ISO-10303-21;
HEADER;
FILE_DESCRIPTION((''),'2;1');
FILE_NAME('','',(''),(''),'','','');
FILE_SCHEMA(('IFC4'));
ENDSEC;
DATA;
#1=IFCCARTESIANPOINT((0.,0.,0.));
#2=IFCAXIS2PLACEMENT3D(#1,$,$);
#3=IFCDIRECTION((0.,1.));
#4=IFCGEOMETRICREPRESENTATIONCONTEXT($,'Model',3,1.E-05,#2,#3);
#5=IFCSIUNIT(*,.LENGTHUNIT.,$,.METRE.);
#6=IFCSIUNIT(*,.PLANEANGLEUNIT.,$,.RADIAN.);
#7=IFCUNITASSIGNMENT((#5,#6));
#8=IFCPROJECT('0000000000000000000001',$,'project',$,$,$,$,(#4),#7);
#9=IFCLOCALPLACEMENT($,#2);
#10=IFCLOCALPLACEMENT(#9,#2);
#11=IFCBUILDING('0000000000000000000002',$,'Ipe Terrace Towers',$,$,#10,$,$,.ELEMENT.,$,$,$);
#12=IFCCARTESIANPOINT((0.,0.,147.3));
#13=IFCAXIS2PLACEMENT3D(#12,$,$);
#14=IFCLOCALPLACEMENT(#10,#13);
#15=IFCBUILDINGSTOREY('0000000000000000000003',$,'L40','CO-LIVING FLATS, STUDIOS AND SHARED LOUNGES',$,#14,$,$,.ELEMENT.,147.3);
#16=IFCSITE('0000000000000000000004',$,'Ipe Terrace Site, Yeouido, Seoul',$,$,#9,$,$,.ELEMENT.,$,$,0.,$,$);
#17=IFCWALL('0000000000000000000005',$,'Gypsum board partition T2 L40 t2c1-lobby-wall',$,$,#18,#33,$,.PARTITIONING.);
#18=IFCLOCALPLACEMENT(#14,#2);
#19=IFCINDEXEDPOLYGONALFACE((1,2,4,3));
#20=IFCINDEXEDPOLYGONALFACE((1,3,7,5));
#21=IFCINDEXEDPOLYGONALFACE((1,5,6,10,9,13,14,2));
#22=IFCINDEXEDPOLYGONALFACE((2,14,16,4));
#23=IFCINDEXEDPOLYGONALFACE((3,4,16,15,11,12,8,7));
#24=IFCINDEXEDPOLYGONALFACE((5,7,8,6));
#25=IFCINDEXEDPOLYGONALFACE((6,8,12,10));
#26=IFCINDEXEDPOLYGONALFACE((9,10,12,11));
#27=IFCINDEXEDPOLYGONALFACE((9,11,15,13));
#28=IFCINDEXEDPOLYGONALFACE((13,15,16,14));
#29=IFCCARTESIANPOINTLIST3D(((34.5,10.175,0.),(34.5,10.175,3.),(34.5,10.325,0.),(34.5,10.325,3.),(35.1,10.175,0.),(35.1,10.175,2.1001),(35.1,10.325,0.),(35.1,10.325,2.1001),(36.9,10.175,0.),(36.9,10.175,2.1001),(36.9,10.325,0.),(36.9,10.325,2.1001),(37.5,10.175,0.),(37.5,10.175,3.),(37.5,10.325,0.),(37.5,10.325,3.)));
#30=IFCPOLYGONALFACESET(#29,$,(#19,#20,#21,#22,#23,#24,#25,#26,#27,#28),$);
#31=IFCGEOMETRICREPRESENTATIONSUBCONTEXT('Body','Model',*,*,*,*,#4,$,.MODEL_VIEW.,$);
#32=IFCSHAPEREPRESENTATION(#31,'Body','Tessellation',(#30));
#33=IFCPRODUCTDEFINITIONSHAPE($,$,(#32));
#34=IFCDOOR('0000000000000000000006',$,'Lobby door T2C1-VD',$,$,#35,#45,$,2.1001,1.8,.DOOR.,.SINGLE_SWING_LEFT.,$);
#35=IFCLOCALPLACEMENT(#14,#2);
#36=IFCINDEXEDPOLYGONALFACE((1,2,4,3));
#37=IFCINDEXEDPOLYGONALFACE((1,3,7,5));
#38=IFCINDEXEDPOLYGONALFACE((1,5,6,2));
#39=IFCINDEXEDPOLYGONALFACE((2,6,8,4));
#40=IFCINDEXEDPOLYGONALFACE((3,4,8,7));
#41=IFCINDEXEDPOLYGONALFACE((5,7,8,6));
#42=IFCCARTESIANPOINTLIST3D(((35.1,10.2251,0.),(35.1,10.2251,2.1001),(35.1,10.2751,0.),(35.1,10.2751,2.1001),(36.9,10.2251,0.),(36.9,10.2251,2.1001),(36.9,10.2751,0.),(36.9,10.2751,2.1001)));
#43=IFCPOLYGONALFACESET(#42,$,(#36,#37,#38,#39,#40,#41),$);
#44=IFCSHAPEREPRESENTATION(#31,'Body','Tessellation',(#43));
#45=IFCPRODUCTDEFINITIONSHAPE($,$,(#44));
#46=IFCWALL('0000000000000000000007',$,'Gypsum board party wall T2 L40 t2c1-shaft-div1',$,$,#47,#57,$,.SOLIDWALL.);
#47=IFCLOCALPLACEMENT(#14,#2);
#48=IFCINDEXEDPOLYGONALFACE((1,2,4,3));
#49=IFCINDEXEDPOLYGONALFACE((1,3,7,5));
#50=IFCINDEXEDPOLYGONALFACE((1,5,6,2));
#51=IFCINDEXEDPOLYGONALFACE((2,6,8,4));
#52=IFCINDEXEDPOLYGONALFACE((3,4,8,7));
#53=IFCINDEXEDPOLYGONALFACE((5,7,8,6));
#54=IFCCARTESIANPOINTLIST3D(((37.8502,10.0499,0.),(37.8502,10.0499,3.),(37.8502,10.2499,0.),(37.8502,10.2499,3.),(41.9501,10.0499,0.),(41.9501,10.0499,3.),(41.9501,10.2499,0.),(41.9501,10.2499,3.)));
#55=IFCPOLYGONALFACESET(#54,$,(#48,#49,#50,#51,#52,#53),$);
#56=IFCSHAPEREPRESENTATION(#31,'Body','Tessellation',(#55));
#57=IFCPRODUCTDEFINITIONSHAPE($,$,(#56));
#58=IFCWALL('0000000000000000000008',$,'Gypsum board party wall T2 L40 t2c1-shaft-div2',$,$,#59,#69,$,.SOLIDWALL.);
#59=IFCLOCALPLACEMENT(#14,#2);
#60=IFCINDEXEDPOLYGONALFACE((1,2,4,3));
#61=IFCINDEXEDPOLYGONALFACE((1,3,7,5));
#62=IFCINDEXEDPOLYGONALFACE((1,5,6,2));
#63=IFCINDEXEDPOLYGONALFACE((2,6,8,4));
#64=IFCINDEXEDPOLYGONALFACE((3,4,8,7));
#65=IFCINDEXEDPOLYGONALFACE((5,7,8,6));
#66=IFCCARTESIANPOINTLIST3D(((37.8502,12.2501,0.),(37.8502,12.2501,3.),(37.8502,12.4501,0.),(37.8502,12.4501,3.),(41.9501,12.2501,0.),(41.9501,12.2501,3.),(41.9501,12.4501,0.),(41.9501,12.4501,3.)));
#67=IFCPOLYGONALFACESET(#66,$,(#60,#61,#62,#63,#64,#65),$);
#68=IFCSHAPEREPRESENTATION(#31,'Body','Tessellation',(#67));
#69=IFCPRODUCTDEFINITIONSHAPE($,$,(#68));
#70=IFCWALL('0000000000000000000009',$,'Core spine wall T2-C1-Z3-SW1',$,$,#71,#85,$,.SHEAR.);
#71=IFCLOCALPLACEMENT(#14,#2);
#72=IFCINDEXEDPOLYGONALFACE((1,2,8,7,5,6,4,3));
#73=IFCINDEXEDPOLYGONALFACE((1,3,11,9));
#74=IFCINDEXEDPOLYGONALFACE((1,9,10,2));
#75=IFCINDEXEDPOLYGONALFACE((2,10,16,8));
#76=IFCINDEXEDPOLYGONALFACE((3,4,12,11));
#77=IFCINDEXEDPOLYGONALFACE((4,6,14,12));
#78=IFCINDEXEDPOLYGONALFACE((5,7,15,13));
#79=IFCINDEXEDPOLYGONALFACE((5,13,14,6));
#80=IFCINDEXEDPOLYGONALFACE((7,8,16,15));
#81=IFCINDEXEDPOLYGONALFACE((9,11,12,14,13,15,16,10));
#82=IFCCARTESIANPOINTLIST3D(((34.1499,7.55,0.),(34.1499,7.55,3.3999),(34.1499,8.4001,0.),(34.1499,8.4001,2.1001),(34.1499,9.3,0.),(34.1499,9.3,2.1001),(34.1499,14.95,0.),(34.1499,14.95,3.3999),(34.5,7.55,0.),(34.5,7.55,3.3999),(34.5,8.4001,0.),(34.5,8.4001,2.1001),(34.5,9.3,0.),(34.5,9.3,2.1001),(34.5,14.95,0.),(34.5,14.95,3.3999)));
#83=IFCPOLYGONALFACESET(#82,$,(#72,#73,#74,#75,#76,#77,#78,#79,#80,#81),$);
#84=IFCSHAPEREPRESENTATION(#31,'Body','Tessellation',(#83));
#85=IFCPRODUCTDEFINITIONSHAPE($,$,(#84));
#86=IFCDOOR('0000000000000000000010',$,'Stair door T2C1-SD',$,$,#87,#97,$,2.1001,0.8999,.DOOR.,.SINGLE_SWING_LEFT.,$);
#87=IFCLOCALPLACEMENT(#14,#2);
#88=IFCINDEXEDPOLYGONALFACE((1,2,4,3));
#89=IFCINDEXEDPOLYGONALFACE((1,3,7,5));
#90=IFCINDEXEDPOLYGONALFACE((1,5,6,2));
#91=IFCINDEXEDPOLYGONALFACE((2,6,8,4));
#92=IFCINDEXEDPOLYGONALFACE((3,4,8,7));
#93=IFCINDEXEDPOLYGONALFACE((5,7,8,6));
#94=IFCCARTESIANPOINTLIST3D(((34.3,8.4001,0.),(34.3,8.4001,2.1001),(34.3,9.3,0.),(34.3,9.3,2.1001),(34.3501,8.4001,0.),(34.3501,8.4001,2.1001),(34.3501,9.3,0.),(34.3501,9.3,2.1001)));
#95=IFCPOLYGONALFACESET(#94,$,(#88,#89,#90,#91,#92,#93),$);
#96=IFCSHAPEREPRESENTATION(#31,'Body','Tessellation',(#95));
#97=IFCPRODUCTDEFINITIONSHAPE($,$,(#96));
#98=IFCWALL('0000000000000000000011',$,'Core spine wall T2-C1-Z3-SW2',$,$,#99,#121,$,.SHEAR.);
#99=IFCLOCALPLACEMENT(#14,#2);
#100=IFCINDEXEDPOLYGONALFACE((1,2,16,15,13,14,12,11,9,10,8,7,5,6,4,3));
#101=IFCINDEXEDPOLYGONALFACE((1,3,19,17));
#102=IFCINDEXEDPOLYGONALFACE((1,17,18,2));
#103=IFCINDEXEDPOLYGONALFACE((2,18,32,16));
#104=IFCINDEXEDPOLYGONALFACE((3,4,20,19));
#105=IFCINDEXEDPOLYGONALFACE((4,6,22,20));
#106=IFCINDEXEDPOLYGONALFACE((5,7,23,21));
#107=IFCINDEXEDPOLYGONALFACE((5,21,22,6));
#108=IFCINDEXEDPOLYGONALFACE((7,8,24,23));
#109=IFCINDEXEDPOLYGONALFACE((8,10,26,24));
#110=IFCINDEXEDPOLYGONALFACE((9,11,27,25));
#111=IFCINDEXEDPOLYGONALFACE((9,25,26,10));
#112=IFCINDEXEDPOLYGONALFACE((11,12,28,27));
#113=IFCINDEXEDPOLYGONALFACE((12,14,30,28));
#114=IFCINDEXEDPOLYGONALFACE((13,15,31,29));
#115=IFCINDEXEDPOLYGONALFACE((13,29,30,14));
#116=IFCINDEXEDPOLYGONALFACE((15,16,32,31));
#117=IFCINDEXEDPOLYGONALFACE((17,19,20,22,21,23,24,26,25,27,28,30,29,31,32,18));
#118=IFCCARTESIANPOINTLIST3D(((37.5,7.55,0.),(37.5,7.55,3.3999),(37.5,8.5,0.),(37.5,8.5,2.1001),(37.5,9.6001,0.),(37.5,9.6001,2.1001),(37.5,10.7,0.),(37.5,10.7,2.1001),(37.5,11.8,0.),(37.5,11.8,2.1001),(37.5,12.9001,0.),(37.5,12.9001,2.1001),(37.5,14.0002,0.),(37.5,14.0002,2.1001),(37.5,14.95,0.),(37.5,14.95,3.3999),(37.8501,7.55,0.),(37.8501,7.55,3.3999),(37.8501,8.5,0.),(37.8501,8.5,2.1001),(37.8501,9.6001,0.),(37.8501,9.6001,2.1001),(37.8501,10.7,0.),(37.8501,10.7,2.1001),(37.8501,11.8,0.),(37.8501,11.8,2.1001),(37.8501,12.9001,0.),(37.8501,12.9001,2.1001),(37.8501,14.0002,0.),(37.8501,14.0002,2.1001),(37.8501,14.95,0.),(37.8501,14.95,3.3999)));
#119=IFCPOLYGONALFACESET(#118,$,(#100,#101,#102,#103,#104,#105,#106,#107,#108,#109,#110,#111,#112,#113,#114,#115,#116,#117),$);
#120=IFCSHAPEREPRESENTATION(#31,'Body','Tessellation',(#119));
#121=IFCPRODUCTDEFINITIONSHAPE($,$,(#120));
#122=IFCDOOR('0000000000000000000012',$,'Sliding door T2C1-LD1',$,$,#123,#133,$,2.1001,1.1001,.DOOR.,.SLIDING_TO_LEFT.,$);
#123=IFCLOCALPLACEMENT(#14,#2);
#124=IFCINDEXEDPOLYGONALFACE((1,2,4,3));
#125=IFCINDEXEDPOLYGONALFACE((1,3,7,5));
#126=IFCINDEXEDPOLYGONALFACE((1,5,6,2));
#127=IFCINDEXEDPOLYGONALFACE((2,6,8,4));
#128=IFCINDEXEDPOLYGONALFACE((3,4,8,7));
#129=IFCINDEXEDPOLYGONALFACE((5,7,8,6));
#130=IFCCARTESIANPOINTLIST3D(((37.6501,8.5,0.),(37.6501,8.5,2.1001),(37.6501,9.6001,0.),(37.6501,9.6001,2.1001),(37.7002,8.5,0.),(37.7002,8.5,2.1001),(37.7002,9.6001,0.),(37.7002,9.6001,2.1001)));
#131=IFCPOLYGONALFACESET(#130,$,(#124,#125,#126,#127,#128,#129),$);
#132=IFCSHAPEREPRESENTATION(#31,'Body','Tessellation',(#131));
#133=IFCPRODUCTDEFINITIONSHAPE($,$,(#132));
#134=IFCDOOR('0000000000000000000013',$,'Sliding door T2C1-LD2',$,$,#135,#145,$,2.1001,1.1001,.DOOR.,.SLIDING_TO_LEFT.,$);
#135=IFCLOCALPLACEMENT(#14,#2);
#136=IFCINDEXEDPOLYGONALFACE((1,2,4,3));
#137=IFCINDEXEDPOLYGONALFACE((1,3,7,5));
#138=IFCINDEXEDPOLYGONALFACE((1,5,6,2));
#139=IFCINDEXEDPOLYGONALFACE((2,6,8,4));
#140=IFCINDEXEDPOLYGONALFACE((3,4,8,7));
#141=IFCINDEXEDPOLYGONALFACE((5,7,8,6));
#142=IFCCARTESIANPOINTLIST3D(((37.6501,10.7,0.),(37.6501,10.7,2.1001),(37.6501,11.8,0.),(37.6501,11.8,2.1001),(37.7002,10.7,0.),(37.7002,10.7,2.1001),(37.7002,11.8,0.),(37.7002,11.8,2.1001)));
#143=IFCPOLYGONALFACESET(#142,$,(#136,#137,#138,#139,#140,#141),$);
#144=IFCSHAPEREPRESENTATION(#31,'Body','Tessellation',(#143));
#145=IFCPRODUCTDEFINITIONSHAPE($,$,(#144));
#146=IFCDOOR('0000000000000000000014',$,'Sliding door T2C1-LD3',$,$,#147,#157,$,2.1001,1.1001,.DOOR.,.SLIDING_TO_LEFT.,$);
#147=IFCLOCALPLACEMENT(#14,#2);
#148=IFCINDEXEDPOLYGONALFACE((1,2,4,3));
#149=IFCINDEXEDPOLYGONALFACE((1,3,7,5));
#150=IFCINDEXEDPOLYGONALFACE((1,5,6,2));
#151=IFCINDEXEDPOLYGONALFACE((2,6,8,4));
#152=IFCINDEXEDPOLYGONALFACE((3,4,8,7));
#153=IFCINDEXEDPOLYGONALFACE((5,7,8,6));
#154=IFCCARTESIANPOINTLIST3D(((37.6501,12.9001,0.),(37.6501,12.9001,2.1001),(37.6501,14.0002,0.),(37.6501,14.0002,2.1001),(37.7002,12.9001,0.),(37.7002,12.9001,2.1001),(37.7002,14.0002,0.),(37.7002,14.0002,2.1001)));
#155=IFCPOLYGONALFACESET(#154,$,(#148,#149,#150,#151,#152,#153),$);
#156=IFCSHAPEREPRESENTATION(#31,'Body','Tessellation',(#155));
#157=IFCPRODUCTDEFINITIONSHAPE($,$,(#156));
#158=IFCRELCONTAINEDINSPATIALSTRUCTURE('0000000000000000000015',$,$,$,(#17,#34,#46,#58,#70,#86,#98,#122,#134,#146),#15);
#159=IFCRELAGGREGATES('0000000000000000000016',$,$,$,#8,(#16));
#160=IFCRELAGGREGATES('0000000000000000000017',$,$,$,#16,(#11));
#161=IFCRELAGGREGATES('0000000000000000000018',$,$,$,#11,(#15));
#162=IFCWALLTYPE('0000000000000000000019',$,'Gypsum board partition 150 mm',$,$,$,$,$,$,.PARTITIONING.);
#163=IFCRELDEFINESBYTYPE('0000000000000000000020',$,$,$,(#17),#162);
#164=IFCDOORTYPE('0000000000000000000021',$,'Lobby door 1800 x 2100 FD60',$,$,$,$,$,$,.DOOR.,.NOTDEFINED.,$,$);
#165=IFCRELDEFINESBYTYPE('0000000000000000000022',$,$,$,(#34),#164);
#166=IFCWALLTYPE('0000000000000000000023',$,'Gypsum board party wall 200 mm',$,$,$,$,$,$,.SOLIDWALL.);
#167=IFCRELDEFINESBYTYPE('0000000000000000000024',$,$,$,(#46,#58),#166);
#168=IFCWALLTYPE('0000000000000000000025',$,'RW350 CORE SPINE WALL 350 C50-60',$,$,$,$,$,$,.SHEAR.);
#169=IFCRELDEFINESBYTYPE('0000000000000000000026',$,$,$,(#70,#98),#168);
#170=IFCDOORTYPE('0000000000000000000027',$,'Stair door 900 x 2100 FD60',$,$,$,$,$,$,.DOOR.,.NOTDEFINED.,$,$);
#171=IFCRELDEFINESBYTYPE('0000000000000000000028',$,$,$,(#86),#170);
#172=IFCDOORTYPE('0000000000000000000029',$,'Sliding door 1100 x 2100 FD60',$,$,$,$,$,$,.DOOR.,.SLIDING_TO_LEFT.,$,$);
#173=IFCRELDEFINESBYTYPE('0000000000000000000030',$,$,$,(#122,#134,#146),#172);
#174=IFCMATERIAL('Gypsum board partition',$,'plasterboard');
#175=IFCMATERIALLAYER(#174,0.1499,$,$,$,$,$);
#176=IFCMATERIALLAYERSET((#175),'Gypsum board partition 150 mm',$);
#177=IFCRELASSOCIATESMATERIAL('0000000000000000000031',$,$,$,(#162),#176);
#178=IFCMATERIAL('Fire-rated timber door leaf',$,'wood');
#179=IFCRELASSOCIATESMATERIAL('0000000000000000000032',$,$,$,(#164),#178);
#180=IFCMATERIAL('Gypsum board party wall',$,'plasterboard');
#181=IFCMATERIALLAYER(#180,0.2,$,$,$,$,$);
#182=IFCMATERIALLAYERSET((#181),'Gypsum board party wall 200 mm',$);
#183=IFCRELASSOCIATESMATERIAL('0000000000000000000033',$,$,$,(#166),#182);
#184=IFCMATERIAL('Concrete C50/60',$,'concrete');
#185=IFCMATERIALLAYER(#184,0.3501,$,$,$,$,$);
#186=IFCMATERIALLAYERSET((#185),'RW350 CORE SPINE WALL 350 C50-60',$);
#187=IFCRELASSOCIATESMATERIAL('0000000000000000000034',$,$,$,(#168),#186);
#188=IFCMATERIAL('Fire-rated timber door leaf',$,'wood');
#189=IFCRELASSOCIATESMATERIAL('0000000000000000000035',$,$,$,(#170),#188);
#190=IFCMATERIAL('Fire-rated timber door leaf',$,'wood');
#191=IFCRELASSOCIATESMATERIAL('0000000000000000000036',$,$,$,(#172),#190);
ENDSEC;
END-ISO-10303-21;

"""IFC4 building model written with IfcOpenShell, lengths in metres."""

from ifc_helpers import new_model, si_unit, direction, frame, frame_2d, origin, place, context, subcontext, project, spatial, rectangle, extrude, material, layer, layer_set, type_object, element, fill, save


model = new_model("IFC4")

# Units and contexts
model_context = context("Model", 3, precision=1e-05, world=origin(), true_north=direction((0.0, 1.0)))
body_context = subcontext(model_context, "Body", "Model", "MODEL_VIEW")
ifc_project = project(units=[si_unit("LENGTHUNIT", "METRE"), si_unit("PLANEANGLEUNIT", "RADIAN")], contexts=[model_context])

# Site, building, storey
site_placement = place(None, origin())
site = spatial("IfcSite", under=ifc_project, at=site_placement, Name="Ipe Terrace Site, Yeouido, Seoul", CompositionType="ELEMENT", RefElevation=0.0)
building_placement = place(site_placement, origin())
building = spatial("IfcBuilding", under=site, at=building_placement, Name="Ipe Terrace Towers", CompositionType="ELEMENT")
storey_placement = place(building_placement, frame((0.0, 0.0, 147.3)))
storey = spatial("IfcBuildingStorey", under=building, at=storey_placement, Name="L40", Description="CO-LIVING FLATS, STUDIOS AND SHARED LOUNGES", CompositionType="ELEMENT", Elevation=147.3)

# Wall, opening, door
ifc_material_1 = material(Name="Gypsum board partition", Category="plasterboard")
ifc_layer_1 = layer(ifc_material_1, 0.1499)
ifc_layer_set_1 = layer_set([ifc_layer_1], Name="Gypsum board partition 150 mm")
wall_type_1 = type_object("IfcWallType", Name="Gypsum board partition 150 mm", PredefinedType="PARTITIONING", material=ifc_layer_set_1)
wall_1_placement = place(storey_placement, frame((37.5, 10.25, 0.0), z_axis=(0.0, 0.0, 1.0), x_axis=(-1.0, 0.0, 0.0)))
wall_1 = element("IfcWall", 1, at=wall_1_placement, inside=storey, type_object=wall_type_1, Name="Gypsum board partition T2 L40 t2c1-lobby-wall", PredefinedType="PARTITIONING", context=body_context, shape_type="SweptSolid", body=[
    extrude(rectangle(XDim=3.0, YDim=0.1499, at=frame_2d((1.5, 0.0))), origin(), (0.0, 0.0, 1.0), 3.0),
])
opening_1_placement = place(wall_1_placement, frame((0.6001, 0.0, 0.0)))
opening_1 = element("IfcOpeningElement", 2, at=opening_1_placement, cuts=wall_1, PredefinedType="OPENING", context=body_context, shape_type="SweptSolid", body=[
    extrude(rectangle(XDim=1.8, YDim=2.1001, at=frame_2d((0.8999, 1.05))), frame((0.0, 0.085, 0.0), z_axis=(0.0, -1.0, 0.0), x_axis=(1.0, 0.0, 0.0)), (0.0, 0.0, 1.0), 0.1699),
])
ifc_material_2 = material(Name="Fire-rated timber door leaf", Category="wood")
door_type_1 = type_object("IfcDoorType", Name="Lobby door 1800 x 2100 FD60", OperationType="NOTDEFINED", PredefinedType="DOOR", material=ifc_material_2)
door_1_placement = place(opening_1_placement, origin())
door_1 = element("IfcDoor", 3, at=door_1_placement, inside=storey, type_object=door_type_1, Name="Lobby door T2C1-VD", OperationType="SINGLE_SWING_LEFT", OverallHeight=2.1001, OverallWidth=1.8, PredefinedType="DOOR", context=body_context, shape_type="SweptSolid", body=[
    extrude(rectangle(XDim=1.8, YDim=2.1001, at=frame_2d((0.8999, 1.05))), frame((0.0, 0.0249, 0.0), z_axis=(0.0, -1.0, 0.0), x_axis=(1.0, 0.0, 0.0)), (0.0, 0.0, 1.0), 0.05),
])
fill(opening_1, door_1)

# Walls
ifc_material_3 = material(Name="Gypsum board party wall", Category="plasterboard")
ifc_layer_2 = layer(ifc_material_3, 0.2)
ifc_layer_set_2 = layer_set([ifc_layer_2], Name="Gypsum board party wall 200 mm")
wall_type_2 = type_object("IfcWallType", Name="Gypsum board party wall 200 mm", PredefinedType="SOLIDWALL", material=ifc_layer_set_2)
for number, where, z_axis, x_axis, name in (
    (4, (41.95, 10.1499, 0.0), (0.0, 0.0, 1.0), (-1.0, 0.0, 0.0), "Gypsum board party wall T2 L40 t2c1-shaft-div1"),
    (5, (41.95, 12.3501, 0.0), (0.0, 0.0, 1.0), (-1.0, 0.0, 0.0), "Gypsum board party wall T2 L40 t2c1-shaft-div2"),
):
    element("IfcWall", number, at=place(storey_placement, frame(where, z_axis=z_axis, x_axis=x_axis)), inside=storey, type_object=wall_type_2, Name=name, PredefinedType="SOLIDWALL", context=body_context, shape_type="SweptSolid", body=[
        extrude(rectangle(XDim=4.0999, YDim=0.2, at=frame_2d((2.0498, 0.0))), origin(), (0.0, 0.0, 1.0), 3.0),
    ])

# Wall, opening, door
ifc_material_4 = material(Name="Concrete C50/60", Category="concrete")
ifc_layer_3 = layer(ifc_material_4, 0.3501)
ifc_layer_set_3 = layer_set([ifc_layer_3], Name="RW350 CORE SPINE WALL 350 C50-60")
wall_type_3 = type_object("IfcWallType", Name="RW350 CORE SPINE WALL 350 C50-60", PredefinedType="SHEAR", material=ifc_layer_set_3)
wall_2_placement = place(storey_placement, frame((34.325, 7.55, 0.0), z_axis=(0.0, 0.0, 1.0), x_axis=(0.0, 1.0, 0.0)))
wall_2 = element("IfcWall", 6, at=wall_2_placement, inside=storey, type_object=wall_type_3, Name="Core spine wall T2-C1-Z3-SW1", PredefinedType="SHEAR", context=body_context, shape_type="SweptSolid", body=[
    extrude(rectangle(XDim=7.3999, YDim=0.3501, at=frame_2d((3.7, 0.0))), origin(), (0.0, 0.0, 1.0), 3.3999),
])
opening_2_placement = place(wall_2_placement, frame((0.8501, 0.0, 0.0)))
opening_2 = element("IfcOpeningElement", 7, at=opening_2_placement, cuts=wall_2, PredefinedType="OPENING", context=body_context, shape_type="SweptSolid", body=[
    extrude(rectangle(XDim=0.8999, YDim=2.1001, at=frame_2d((0.45, 1.05))), frame((0.0, 0.1851, 0.0), z_axis=(0.0, -1.0, 0.0), x_axis=(1.0, 0.0, 0.0)), (0.0, 0.0, 1.0), 0.3701),
])
ifc_material_5 = material(Name="Fire-rated timber door leaf", Category="wood")
door_type_2 = type_object("IfcDoorType", Name="Stair door 900 x 2100 FD60", OperationType="NOTDEFINED", PredefinedType="DOOR", material=ifc_material_5)
door_2_placement = place(opening_2_placement, origin())
door_2 = element("IfcDoor", 8, at=door_2_placement, inside=storey, type_object=door_type_2, Name="Stair door T2C1-SD", OperationType="SINGLE_SWING_LEFT", OverallHeight=2.1001, OverallWidth=0.8999, PredefinedType="DOOR", context=body_context, shape_type="SweptSolid", body=[
    extrude(rectangle(XDim=0.8999, YDim=2.1001, at=frame_2d((0.45, 1.05))), frame((0.0, 0.0249, 0.0), z_axis=(0.0, -1.0, 0.0), x_axis=(1.0, 0.0, 0.0)), (0.0, 0.0, 1.0), 0.05),
])
fill(opening_2, door_2)

# Wall, openings, doors
wall_3_placement = place(storey_placement, frame((37.675, 7.55, 0.0), z_axis=(0.0, 0.0, 1.0), x_axis=(0.0, 1.0, 0.0)))
wall_3 = element("IfcWall", 9, at=wall_3_placement, inside=storey, type_object=wall_type_3, Name="Core spine wall T2-C1-Z3-SW2", PredefinedType="SHEAR", context=body_context, shape_type="SweptSolid", body=[
    extrude(rectangle(XDim=7.3999, YDim=0.3501, at=frame_2d((3.7, 0.0))), origin(), (0.0, 0.0, 1.0), 3.3999),
])
opening_3_placement = place(wall_3_placement, frame((0.95, 0.0, 0.0)))
opening_3 = element("IfcOpeningElement", 10, at=opening_3_placement, cuts=wall_3, PredefinedType="OPENING", context=body_context, shape_type="SweptSolid", body=[
    extrude(rectangle(XDim=1.1001, YDim=2.1001, at=frame_2d((0.55, 1.05))), frame((0.0, 0.1851, 0.0), z_axis=(0.0, -1.0, 0.0), x_axis=(1.0, 0.0, 0.0)), (0.0, 0.0, 1.0), 0.3701),
])
opening_4_placement = place(wall_3_placement, frame((3.1499, 0.0, 0.0)))
opening_4 = element("IfcOpeningElement", 11, at=opening_4_placement, cuts=wall_3, PredefinedType="OPENING", context=body_context, shape_type="SweptSolid", body=[
    extrude(rectangle(XDim=1.1001, YDim=2.1001, at=frame_2d((0.55, 1.05))), frame((0.0, 0.1851, 0.0), z_axis=(0.0, -1.0, 0.0), x_axis=(1.0, 0.0, 0.0)), (0.0, 0.0, 1.0), 0.3701),
])
opening_5_placement = place(wall_3_placement, frame((5.3501, 0.0, 0.0)))
opening_5 = element("IfcOpeningElement", 12, at=opening_5_placement, cuts=wall_3, PredefinedType="OPENING", context=body_context, shape_type="SweptSolid", body=[
    extrude(rectangle(XDim=1.1001, YDim=2.1001, at=frame_2d((0.55, 1.05))), frame((0.0, 0.1851, 0.0), z_axis=(0.0, -1.0, 0.0), x_axis=(1.0, 0.0, 0.0)), (0.0, 0.0, 1.0), 0.3701),
])
ifc_material_6 = material(Name="Fire-rated timber door leaf", Category="wood")
door_type_3 = type_object("IfcDoorType", Name="Sliding door 1100 x 2100 FD60", OperationType="SLIDING_TO_LEFT", PredefinedType="DOOR", material=ifc_material_6)
door_3_placement = place(opening_3_placement, origin())
door_3 = element("IfcDoor", 13, at=door_3_placement, inside=storey, type_object=door_type_3, Name="Sliding door T2C1-LD1", OperationType="SLIDING_TO_LEFT", OverallHeight=2.1001, OverallWidth=1.1001, PredefinedType="DOOR", context=body_context, shape_type="SweptSolid", body=[
    extrude(rectangle(XDim=1.1001, YDim=2.1001, at=frame_2d((0.55, 1.05))), frame((0.0, 0.0249, 0.0), z_axis=(0.0, -1.0, 0.0), x_axis=(1.0, 0.0, 0.0)), (0.0, 0.0, 1.0), 0.05),
])
fill(opening_3, door_3)
door_4_placement = place(opening_4_placement, origin())
door_4 = element("IfcDoor", 14, at=door_4_placement, inside=storey, type_object=door_type_3, Name="Sliding door T2C1-LD2", OperationType="SLIDING_TO_LEFT", OverallHeight=2.1001, OverallWidth=1.1001, PredefinedType="DOOR", context=body_context, shape_type="SweptSolid", body=[
    extrude(rectangle(XDim=1.1001, YDim=2.1001, at=frame_2d((0.55, 1.05))), frame((0.0, 0.0249, 0.0), z_axis=(0.0, -1.0, 0.0), x_axis=(1.0, 0.0, 0.0)), (0.0, 0.0, 1.0), 0.05),
])
fill(opening_4, door_4)
door_5_placement = place(opening_5_placement, origin())
door_5 = element("IfcDoor", 15, at=door_5_placement, inside=storey, type_object=door_type_3, Name="Sliding door T2C1-LD3", OperationType="SLIDING_TO_LEFT", OverallHeight=2.1001, OverallWidth=1.1001, PredefinedType="DOOR", context=body_context, shape_type="SweptSolid", body=[
    extrude(rectangle(XDim=1.1001, YDim=2.1001, at=frame_2d((0.55, 1.05))), frame((0.0, 0.0249, 0.0), z_axis=(0.0, -1.0, 0.0), x_axis=(1.0, 0.0, 0.0)), (0.0, 0.0, 1.0), 0.05),
])
fill(opening_5, door_5)

save(model, "model.ifc")
